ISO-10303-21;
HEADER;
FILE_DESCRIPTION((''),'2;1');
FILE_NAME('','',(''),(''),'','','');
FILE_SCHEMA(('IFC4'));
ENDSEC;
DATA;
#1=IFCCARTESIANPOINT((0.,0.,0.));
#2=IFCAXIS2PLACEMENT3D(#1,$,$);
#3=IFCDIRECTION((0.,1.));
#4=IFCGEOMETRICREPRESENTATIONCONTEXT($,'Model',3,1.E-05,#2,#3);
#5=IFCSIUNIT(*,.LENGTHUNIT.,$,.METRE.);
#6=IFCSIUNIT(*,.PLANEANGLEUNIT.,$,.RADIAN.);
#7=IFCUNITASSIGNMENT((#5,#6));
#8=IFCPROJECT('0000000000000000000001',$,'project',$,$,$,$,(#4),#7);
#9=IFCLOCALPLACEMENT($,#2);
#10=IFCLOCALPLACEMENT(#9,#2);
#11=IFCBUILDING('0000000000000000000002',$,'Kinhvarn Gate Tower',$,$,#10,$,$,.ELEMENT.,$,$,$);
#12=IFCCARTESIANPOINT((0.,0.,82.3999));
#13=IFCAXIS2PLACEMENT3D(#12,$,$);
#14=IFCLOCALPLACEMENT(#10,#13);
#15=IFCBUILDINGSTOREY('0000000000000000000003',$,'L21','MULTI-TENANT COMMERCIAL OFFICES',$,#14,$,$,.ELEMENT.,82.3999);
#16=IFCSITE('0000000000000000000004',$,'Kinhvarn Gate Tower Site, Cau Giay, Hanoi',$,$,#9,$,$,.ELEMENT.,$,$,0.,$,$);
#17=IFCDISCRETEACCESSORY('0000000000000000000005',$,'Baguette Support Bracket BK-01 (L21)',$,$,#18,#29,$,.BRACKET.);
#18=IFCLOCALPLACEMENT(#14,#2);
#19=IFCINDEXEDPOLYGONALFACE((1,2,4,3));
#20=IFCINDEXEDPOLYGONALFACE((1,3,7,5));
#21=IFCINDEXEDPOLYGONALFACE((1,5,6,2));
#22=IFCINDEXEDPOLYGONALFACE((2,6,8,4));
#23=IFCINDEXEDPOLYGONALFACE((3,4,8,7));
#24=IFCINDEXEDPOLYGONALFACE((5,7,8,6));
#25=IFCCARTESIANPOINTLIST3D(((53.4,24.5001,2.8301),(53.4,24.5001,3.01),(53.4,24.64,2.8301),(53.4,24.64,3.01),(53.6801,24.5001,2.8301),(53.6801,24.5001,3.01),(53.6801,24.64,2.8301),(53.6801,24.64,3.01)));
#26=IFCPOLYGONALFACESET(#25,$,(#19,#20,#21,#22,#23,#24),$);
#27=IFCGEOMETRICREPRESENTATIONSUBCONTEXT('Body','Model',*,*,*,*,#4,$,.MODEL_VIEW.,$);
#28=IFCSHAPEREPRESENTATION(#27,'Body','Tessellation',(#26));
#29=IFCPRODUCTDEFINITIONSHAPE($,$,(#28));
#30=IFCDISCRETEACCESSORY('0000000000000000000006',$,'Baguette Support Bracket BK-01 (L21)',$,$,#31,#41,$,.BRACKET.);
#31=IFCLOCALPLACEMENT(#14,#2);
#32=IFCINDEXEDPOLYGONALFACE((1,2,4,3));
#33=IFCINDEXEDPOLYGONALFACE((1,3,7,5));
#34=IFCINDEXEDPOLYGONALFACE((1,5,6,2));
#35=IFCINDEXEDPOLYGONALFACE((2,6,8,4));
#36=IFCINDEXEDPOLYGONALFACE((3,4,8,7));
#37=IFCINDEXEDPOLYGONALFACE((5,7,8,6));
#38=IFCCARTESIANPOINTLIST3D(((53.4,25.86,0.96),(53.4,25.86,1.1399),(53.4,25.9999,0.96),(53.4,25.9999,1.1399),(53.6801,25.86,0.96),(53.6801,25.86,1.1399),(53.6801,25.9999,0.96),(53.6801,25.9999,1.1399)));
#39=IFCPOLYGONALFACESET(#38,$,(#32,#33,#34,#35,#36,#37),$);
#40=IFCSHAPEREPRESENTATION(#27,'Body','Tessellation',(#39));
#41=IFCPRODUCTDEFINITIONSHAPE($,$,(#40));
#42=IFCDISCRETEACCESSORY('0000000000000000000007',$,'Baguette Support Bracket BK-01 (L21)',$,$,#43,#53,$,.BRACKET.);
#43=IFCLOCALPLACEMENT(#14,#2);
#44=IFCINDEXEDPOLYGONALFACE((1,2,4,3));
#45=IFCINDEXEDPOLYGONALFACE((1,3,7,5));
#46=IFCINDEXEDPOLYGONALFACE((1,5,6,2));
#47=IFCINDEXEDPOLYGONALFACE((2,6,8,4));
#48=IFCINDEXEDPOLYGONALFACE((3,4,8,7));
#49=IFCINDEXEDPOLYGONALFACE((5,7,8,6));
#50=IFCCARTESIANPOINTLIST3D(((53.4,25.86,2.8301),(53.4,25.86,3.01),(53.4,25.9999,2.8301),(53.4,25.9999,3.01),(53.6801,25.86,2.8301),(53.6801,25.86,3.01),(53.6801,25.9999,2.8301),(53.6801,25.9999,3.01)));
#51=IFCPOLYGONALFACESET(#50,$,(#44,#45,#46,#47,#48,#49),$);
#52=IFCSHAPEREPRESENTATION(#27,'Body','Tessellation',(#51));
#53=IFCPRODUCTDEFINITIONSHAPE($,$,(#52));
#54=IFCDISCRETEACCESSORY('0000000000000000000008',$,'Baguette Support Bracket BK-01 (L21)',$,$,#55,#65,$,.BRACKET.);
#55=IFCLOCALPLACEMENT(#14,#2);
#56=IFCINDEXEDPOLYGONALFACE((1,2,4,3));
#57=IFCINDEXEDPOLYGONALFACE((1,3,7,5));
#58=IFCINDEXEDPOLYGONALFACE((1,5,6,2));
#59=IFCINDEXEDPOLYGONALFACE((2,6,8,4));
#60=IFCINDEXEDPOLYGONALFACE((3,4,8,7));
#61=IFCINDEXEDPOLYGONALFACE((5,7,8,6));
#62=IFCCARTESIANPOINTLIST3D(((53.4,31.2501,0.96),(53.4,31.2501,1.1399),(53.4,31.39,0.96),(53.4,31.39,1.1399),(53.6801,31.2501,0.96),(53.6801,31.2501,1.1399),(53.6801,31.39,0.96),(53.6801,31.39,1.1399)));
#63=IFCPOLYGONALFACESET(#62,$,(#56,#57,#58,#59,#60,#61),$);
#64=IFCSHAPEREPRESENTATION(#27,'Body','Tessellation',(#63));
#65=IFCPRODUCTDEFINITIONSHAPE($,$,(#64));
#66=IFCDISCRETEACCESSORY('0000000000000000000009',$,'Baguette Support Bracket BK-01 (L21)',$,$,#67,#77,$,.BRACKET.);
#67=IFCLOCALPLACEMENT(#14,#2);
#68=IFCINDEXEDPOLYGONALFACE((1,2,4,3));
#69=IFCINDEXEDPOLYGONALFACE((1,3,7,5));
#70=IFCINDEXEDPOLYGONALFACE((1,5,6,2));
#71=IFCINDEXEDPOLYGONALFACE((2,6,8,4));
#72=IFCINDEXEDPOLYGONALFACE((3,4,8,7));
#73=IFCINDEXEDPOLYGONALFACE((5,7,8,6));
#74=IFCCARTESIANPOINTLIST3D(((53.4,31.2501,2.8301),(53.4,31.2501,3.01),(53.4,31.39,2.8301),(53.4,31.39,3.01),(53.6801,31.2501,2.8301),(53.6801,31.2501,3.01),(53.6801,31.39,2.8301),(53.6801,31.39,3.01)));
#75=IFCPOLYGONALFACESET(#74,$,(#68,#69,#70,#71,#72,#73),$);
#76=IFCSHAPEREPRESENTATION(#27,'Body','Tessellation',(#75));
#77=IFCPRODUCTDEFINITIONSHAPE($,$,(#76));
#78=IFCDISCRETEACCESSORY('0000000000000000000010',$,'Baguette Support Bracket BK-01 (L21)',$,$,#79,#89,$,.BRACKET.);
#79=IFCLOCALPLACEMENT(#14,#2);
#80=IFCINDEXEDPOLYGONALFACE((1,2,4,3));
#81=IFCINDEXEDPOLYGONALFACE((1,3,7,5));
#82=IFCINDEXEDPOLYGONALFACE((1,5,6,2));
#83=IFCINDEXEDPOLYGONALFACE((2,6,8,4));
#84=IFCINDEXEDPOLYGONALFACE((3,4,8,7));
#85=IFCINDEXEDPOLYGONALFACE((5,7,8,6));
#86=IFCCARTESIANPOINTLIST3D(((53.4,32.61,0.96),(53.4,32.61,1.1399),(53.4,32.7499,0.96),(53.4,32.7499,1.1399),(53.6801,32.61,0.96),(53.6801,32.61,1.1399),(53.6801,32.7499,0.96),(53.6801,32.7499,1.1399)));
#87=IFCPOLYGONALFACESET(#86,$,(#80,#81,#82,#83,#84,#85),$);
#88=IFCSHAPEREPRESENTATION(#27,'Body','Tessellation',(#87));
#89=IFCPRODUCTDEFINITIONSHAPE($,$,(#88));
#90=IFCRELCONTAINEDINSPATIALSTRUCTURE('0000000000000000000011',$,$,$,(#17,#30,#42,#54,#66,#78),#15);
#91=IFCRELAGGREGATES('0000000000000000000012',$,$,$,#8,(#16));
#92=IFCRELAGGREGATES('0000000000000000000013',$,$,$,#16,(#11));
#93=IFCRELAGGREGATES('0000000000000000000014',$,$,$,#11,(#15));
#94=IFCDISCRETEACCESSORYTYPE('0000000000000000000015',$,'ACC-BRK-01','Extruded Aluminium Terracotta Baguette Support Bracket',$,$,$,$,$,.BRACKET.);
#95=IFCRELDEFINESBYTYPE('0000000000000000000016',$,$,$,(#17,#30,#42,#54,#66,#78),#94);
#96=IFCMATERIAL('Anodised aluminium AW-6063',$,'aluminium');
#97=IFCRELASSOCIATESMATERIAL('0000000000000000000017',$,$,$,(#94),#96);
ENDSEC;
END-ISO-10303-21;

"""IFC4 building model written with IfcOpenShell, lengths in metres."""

from ifc_helpers import new_model, si_unit, direction, frame, origin, origin_2d, place, context, subcontext, project, spatial, rectangle, extrude, material, type_object, element, save


model = new_model("IFC4")

# Units and contexts
model_context = context("Model", 3, precision=1e-05, world=origin(), true_north=direction((0.0, 1.0)))
body_context = subcontext(model_context, "Body", "Model", "MODEL_VIEW")
ifc_project = project(units=[si_unit("LENGTHUNIT", "METRE"), si_unit("PLANEANGLEUNIT", "RADIAN")], contexts=[model_context])

# Site, building, storey
site_placement = place(None, origin())
site = spatial("IfcSite", under=ifc_project, at=site_placement, Name="Kinhvarn Gate Tower Site, Cau Giay, Hanoi", CompositionType="ELEMENT", RefElevation=0.0)
building_placement = place(site_placement, origin())
building = spatial("IfcBuilding", under=site, at=building_placement, Name="Kinhvarn Gate Tower", CompositionType="ELEMENT")
storey_placement = place(building_placement, frame((0.0, 0.0, 82.3999)))
storey = spatial("IfcBuildingStorey", under=building, at=storey_placement, Name="L21", Description="MULTI-TENANT COMMERCIAL OFFICES", CompositionType="ELEMENT", Elevation=82.3999)

# Shared definitions
ifc_material_1 = material(Name="Anodised aluminium AW-6063", Category="aluminium")

# Discrete accessories
discrete_accessory_type = type_object("IfcDiscreteAccessoryType", Name="ACC-BRK-01", Description="Extruded Aluminium Terracotta Baguette Support Bracket", PredefinedType="BRACKET", material=ifc_material_1)
for number, where, z_axis, x_axis, name in (
    (1, (53.54, 24.5701, 2.8301), (0.0, 0.0, 1.0), (0.0, 1.0, 0.0), "Baguette Support Bracket BK-01 (L21)"),
    (2, (53.54, 25.9299, 0.96), (0.0, 0.0, 1.0), (0.0, 1.0, 0.0), "Baguette Support Bracket BK-01 (L21)"),
    (3, (53.54, 25.9299, 2.8301), (0.0, 0.0, 1.0), (0.0, 1.0, 0.0), "Baguette Support Bracket BK-01 (L21)"),
    (4, (53.54, 31.3201, 0.96), (0.0, 0.0, 1.0), (0.0, 1.0, 0.0), "Baguette Support Bracket BK-01 (L21)"),
    (5, (53.54, 31.3201, 2.8301), (0.0, 0.0, 1.0), (0.0, 1.0, 0.0), "Baguette Support Bracket BK-01 (L21)"),
    (6, (53.54, 32.6799, 0.96), (0.0, 0.0, 1.0), (0.0, 1.0, 0.0), "Baguette Support Bracket BK-01 (L21)"),
):
    element("IfcDiscreteAccessory", number, at=place(storey_placement, frame(where, z_axis=z_axis, x_axis=x_axis)), inside=storey, type_object=discrete_accessory_type, Name=name, PredefinedType="BRACKET", context=body_context, shape_type="SweptSolid", body=[
        extrude(rectangle(XDim=0.1399, YDim=0.28, at=origin_2d()), origin(), (0.0, 0.0, 1.0), 0.1799),
    ])

save(model, "model.ifc")
